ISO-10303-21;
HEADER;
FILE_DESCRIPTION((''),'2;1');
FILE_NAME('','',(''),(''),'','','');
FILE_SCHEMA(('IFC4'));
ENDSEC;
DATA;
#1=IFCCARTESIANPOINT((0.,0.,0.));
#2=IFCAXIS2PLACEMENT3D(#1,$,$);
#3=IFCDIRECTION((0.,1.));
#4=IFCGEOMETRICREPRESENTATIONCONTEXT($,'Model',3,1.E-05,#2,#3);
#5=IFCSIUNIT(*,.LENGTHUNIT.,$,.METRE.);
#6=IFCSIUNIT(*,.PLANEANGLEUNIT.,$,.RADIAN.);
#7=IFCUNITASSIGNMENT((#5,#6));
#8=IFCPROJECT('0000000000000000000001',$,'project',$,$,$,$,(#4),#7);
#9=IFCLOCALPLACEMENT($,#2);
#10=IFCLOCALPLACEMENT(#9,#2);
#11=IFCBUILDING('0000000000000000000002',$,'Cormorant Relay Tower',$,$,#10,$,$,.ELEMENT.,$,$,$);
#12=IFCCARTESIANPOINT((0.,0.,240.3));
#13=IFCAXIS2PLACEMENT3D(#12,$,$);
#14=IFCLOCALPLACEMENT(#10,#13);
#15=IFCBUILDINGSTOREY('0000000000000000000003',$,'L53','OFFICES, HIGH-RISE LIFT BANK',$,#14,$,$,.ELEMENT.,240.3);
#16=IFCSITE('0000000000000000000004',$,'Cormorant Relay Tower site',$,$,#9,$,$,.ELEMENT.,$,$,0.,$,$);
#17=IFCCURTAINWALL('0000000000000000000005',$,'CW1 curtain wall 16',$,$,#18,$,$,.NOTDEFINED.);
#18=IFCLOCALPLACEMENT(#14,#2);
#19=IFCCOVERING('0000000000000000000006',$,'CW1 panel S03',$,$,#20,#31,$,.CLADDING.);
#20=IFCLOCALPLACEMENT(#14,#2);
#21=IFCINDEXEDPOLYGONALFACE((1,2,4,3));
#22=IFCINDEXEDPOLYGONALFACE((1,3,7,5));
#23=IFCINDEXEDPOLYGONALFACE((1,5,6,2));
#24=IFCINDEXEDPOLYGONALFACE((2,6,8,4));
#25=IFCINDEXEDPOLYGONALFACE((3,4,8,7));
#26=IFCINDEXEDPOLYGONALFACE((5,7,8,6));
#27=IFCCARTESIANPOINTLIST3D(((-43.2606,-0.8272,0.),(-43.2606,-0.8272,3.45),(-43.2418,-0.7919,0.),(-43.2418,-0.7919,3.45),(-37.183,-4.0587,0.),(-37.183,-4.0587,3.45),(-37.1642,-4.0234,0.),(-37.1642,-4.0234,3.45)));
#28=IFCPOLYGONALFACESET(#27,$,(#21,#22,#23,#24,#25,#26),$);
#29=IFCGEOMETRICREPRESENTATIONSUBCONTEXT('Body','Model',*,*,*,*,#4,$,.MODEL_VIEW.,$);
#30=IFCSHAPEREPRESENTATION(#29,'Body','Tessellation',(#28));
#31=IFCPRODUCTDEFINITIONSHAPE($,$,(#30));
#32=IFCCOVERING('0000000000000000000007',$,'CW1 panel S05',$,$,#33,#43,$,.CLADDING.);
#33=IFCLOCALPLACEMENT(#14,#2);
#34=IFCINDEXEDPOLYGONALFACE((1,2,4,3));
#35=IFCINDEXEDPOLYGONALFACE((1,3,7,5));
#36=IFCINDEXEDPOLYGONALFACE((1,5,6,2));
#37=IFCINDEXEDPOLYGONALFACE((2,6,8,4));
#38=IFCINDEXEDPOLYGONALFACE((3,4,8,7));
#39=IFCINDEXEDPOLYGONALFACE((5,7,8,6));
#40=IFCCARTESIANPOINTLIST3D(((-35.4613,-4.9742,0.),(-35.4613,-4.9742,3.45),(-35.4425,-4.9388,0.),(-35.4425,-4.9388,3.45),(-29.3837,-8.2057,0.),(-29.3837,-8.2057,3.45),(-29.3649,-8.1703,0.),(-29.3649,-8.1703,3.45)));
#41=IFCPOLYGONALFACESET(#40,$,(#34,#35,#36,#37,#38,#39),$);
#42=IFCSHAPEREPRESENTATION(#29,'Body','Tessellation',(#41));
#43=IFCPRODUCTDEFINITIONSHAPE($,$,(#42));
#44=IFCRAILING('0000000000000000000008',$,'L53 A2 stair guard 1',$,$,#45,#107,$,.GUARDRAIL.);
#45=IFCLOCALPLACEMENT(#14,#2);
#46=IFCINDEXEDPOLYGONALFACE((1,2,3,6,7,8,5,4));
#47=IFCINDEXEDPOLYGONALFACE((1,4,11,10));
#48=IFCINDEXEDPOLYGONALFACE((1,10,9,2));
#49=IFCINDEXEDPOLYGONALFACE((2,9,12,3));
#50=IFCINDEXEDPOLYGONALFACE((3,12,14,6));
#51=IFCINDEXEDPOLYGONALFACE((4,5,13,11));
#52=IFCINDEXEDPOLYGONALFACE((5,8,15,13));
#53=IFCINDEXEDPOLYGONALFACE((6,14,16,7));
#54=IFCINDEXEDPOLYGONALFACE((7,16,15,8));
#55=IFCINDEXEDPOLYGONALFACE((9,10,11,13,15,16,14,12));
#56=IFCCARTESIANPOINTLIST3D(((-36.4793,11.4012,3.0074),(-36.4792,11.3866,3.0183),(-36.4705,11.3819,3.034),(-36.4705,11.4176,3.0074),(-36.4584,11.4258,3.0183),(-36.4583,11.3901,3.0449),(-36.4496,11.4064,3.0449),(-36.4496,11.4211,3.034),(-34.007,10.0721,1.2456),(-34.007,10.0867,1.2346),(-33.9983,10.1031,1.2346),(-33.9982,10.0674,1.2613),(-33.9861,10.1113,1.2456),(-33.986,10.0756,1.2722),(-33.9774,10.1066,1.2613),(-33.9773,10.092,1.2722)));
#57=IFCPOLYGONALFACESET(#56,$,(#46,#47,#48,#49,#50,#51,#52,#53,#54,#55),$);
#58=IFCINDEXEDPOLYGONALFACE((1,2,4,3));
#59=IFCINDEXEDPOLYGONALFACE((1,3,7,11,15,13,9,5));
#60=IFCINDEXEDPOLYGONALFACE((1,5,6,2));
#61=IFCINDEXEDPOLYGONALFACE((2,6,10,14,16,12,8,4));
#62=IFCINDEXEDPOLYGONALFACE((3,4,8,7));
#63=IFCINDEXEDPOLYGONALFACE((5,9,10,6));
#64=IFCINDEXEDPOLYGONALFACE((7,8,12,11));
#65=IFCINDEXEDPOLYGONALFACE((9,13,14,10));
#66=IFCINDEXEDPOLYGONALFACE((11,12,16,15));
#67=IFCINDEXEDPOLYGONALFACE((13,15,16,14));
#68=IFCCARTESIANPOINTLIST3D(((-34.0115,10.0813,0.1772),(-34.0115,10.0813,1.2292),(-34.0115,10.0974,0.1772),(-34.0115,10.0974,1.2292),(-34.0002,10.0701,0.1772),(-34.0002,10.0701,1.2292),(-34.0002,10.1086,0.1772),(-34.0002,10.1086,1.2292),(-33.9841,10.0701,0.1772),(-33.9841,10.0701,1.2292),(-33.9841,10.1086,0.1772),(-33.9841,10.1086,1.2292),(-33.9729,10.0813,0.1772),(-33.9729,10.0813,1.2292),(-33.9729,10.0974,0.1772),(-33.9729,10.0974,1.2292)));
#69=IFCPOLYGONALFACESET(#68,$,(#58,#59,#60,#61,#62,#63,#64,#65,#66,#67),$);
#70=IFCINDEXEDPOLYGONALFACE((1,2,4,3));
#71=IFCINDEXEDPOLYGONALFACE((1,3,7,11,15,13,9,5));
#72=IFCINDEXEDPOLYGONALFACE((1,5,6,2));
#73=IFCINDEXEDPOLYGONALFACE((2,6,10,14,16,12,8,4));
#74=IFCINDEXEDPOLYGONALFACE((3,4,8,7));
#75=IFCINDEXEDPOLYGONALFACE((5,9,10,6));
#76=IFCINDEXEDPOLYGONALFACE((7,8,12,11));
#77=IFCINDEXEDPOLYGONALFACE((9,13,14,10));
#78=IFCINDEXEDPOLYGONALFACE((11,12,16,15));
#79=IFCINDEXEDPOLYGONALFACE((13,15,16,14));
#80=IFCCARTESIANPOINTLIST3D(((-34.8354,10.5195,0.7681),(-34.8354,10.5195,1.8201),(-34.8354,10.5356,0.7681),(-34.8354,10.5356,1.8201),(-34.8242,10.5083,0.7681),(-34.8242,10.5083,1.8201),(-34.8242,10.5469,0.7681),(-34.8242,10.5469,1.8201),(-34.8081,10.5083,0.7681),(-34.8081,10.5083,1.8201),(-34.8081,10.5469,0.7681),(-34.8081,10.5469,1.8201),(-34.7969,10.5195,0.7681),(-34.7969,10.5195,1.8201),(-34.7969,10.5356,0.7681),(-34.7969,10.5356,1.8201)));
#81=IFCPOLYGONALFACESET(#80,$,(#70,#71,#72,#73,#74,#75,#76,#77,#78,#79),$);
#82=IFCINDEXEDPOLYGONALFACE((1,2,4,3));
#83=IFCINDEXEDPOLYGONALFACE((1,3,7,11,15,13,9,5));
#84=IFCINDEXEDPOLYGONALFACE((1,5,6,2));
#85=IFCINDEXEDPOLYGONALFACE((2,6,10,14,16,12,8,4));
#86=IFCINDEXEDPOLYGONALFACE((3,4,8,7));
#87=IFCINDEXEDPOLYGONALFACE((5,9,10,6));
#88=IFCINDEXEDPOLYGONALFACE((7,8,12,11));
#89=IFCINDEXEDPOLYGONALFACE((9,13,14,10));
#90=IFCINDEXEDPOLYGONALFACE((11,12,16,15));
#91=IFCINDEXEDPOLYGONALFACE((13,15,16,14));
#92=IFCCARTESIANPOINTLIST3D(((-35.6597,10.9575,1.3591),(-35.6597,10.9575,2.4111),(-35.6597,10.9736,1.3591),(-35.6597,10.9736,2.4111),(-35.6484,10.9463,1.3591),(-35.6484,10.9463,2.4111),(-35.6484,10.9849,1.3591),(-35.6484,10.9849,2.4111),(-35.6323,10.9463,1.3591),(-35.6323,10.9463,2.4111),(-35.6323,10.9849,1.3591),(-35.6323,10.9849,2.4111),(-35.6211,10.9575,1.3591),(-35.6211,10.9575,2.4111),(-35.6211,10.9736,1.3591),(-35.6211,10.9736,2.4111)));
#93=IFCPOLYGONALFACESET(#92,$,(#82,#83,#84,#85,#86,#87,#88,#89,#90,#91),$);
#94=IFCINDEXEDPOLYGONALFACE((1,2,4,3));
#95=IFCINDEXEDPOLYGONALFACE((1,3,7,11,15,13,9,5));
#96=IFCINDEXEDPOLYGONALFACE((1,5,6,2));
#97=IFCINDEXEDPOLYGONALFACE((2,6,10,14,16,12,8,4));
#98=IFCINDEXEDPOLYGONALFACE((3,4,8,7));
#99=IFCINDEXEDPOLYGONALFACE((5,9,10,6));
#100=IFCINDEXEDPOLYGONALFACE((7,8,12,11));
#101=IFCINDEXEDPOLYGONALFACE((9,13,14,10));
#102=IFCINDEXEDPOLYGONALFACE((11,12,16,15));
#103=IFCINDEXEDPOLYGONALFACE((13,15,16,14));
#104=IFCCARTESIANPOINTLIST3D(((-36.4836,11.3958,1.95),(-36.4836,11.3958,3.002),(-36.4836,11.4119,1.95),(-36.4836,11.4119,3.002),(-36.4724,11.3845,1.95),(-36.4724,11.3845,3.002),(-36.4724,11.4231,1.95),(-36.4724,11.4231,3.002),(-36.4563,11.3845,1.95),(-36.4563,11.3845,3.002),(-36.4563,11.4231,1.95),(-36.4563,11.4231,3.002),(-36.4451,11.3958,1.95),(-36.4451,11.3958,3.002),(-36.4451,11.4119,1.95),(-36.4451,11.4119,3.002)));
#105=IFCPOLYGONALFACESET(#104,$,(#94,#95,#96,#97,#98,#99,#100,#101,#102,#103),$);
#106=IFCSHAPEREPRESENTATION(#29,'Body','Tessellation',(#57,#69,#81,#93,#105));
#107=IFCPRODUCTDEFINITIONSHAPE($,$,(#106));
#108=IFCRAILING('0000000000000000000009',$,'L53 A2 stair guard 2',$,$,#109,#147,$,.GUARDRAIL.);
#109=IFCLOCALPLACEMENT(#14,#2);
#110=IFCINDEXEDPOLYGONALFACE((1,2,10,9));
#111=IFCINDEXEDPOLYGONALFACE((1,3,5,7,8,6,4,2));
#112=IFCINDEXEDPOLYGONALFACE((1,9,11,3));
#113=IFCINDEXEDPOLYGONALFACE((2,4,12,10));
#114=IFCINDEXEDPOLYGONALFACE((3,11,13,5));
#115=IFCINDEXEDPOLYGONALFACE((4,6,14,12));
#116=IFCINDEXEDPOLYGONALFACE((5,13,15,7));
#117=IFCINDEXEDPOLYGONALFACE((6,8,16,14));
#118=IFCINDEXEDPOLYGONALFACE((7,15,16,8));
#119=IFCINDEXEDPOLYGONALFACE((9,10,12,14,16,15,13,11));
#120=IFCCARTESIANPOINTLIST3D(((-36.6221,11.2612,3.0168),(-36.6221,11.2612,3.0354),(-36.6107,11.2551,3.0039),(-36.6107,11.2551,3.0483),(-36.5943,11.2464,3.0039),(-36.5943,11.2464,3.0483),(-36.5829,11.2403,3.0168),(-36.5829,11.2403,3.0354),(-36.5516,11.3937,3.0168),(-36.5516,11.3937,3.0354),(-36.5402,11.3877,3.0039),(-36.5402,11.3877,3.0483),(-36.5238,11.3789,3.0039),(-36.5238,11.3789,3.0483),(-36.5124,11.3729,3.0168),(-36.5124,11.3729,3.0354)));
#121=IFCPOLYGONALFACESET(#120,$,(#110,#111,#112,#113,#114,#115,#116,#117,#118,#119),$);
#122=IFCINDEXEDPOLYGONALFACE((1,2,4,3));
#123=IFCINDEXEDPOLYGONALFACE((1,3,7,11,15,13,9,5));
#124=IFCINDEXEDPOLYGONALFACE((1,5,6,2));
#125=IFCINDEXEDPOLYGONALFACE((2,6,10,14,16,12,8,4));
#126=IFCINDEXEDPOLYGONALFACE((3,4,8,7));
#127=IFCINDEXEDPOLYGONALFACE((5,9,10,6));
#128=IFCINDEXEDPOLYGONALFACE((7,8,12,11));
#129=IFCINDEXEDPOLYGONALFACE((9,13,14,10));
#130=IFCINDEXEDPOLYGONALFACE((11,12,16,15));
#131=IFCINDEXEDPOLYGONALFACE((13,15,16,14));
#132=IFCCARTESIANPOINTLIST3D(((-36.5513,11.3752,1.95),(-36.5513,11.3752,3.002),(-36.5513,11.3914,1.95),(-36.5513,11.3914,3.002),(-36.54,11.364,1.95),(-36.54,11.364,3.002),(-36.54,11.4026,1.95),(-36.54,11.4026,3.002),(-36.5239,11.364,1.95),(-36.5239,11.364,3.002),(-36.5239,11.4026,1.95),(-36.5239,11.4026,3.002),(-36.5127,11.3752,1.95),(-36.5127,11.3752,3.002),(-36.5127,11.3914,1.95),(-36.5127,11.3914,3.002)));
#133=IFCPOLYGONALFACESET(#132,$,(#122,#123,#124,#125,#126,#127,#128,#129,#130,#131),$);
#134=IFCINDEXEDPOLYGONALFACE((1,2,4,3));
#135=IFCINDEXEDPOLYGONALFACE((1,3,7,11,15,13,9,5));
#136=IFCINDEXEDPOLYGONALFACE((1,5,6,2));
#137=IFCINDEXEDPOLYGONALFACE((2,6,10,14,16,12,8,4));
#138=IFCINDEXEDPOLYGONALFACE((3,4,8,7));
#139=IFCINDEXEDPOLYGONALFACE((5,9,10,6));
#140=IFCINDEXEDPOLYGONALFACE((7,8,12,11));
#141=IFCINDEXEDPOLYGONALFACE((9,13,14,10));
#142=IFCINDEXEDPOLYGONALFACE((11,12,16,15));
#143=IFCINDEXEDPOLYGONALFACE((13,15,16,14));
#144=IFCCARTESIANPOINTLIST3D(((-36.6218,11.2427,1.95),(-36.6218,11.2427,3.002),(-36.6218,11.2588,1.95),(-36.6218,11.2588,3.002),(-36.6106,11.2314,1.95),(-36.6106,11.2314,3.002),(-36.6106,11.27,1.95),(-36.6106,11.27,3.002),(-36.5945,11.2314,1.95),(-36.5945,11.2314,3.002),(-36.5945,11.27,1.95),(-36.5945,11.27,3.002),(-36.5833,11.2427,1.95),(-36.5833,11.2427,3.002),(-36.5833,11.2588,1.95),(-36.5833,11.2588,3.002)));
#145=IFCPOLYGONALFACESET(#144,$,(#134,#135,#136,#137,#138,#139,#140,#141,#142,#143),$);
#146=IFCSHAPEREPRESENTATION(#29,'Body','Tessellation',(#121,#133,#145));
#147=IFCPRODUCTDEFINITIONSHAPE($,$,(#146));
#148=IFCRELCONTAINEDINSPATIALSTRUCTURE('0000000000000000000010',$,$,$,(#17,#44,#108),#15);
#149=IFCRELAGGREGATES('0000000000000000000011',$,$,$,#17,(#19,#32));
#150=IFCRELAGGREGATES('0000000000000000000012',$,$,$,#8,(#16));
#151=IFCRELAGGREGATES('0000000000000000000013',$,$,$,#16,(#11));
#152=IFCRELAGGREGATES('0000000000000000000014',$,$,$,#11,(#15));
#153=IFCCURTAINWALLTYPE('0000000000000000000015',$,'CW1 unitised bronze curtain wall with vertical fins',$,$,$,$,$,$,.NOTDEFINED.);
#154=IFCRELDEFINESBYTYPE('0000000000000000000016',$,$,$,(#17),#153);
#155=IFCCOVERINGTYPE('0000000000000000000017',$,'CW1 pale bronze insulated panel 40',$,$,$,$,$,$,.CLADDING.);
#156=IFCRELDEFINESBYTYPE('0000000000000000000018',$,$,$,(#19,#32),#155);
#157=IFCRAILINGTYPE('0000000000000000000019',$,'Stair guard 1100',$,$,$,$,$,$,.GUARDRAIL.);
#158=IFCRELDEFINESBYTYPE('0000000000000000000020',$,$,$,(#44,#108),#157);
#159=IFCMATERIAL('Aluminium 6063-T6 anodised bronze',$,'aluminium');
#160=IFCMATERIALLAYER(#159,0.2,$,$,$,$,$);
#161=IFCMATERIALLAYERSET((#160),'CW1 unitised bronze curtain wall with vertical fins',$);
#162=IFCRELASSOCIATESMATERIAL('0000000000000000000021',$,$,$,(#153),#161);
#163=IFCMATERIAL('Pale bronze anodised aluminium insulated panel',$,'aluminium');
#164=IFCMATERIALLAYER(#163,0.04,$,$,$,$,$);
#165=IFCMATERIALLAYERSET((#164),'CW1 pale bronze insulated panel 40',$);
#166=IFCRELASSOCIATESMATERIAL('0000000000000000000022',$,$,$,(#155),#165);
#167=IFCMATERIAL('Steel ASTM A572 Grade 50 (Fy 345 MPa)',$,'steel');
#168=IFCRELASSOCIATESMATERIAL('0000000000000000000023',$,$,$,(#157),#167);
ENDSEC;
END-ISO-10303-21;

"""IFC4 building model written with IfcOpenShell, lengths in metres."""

from ifc_helpers import new_model, si_unit, direction, frame, origin, origin_2d, place, context, subcontext, project, spatial, polyline, rectangle, outline, extrude, material, layer, layer_set, type_object, element, aggregate, save


model = new_model("IFC4")

# Units and contexts
model_context = context("Model", 3, precision=1e-05, world=origin(), true_north=direction((0.0, 1.0)))
body_context = subcontext(model_context, "Body", "Model", "MODEL_VIEW")
ifc_project = project(units=[si_unit("LENGTHUNIT", "METRE"), si_unit("PLANEANGLEUNIT", "RADIAN")], contexts=[model_context])

# Site, building, storey
site_placement = place(None, origin())
site = spatial("IfcSite", under=ifc_project, at=site_placement, Name="Cormorant Relay Tower site", CompositionType="ELEMENT", RefElevation=0.0)
building_placement = place(site_placement, origin())
building = spatial("IfcBuilding", under=site, at=building_placement, Name="Cormorant Relay Tower", CompositionType="ELEMENT")
storey_placement = place(building_placement, frame((0.0, 0.0, 240.3)))
storey = spatial("IfcBuildingStorey", under=building, at=storey_placement, Name="L53", Description="OFFICES, HIGH-RISE LIFT BANK", CompositionType="ELEMENT", Elevation=240.3)

# Curtain wall
ifc_material_1 = material(Name="Aluminium 6063-T6 anodised bronze", Category="aluminium")
ifc_layer_1 = layer(ifc_material_1, 0.2)
ifc_layer_set_1 = layer_set([ifc_layer_1], Name="CW1 unitised bronze curtain wall with vertical fins")
curtain_wall_type = type_object("IfcCurtainWallType", Name="CW1 unitised bronze curtain wall with vertical fins", PredefinedType="NOTDEFINED", material=ifc_layer_set_1)
curtain_wall_placement = place(storey_placement, origin())
curtain_wall = element("IfcCurtainWall", 1, at=curtain_wall_placement, inside=storey, type_object=curtain_wall_type, Name="CW1 curtain wall 16", PredefinedType="NOTDEFINED")

# Coverings
ifc_material_2 = material(Name="Pale bronze anodised aluminium insulated panel", Category="aluminium")
ifc_layer_2 = layer(ifc_material_2, 0.04)
ifc_layer_set_2 = layer_set([ifc_layer_2], Name="CW1 pale bronze insulated panel 40")
covering_type = type_object("IfcCoveringType", Name="CW1 pale bronze insulated panel 40", PredefinedType="CLADDING", material=ifc_layer_set_2)
covering_1_placement = place(storey_placement, frame((-40.2124, -2.4253, 0.0), z_axis=(0.0, 0.0, 1.0), x_axis=(0.882948, -0.469472, 0.0)))
covering_1 = element("IfcCovering", 2, at=covering_1_placement, type_object=covering_type, Name="CW1 panel S03", PredefinedType="CLADDING", context=body_context, shape_type="SweptSolid", body=[
    extrude(rectangle(XDim=6.8833, YDim=0.04, at=origin_2d()), origin(), (0.0, 0.0, 1.0), 3.45),
])
covering_2_placement = place(storey_placement, frame((-32.4131, -6.5723, 0.0), z_axis=(0.0, 0.0, 1.0), x_axis=(0.882948, -0.469472, 0.0)))
covering_2 = element("IfcCovering", 3, at=covering_2_placement, type_object=covering_type, Name="CW1 panel S05", PredefinedType="CLADDING", context=body_context, shape_type="SweptSolid", body=[
    extrude(rectangle(XDim=6.8833, YDim=0.04, at=origin_2d()), origin(), (0.0, 0.0, 1.0), 3.45),
])
aggregate(curtain_wall, [covering_1, covering_2])

# Railings
ifc_material_3 = material(Name="Steel ASTM A572 Grade 50 (Fy 345 MPa)", Category="steel")
railing_type_1 = type_object("IfcRailingType", Name="Stair guard 1100", PredefinedType="GUARDRAIL", material=ifc_material_3)
railing_1_placement = place(storey_placement, frame((-33.9922, 10.0894, 0.1772)))
element("IfcRailing", 4, at=railing_1_placement, inside=storey, type_object=railing_type_1, Name="L53 A2 stair guard 1", PredefinedType="GUARDRAIL", context=body_context, shape_type="SweptSolid", body=[
    extrude(outline(polyline([(0.0222, 0.0093), (0.0093, 0.0222), (-0.0093, 0.0222), (-0.0222, 0.0093), (-0.0222, -0.0093), (-0.0093, -0.0222), (0.0093, -0.0222), (0.0222, -0.0093), (0.0222, 0.0093)])), frame((0.0, 0.0, 1.0762), z_axis=(-0.746001, 0.396649, 0.534931), x_axis=(-0.469465, -0.882951, 0.0)), (0.0, 0.0, 1.0), 3.314),
    extrude(outline(polyline([(0.0193, 0.0081), (0.0081, 0.0193), (-0.0081, 0.0193), (-0.0193, 0.0081), (-0.0193, -0.0081), (-0.0081, -0.0193), (0.0081, -0.0193), (0.0193, -0.0081), (0.0193, 0.0081)])), origin(), (0.0, 0.0, 1.0), 1.052),
    extrude(outline(polyline([(0.0193, 0.0081), (0.0081, 0.0193), (-0.0081, 0.0193), (-0.0193, 0.0081), (-0.0193, -0.0081), (-0.0081, -0.0193), (0.0081, -0.0193), (0.0193, -0.0081), (0.0193, 0.0081)])), frame((-0.824, 0.4382, 0.5908)), (0.0, 0.0, 1.0), 1.052),
    extrude(outline(polyline([(0.0193, 0.0081), (0.0081, 0.0193), (-0.0081, 0.0193), (-0.0193, 0.0081), (-0.0193, -0.0081), (-0.0081, -0.0193), (0.0081, -0.0193), (0.0193, -0.0081), (0.0193, 0.0081)])), frame((-1.6482, 0.8762, 1.1819)), (0.0, 0.0, 1.0), 1.052),
    extrude(outline(polyline([(0.0193, 0.0081), (0.0081, 0.0193), (-0.0081, 0.0193), (-0.0193, 0.0081), (-0.0193, -0.0081), (-0.0081, -0.0193), (0.0081, -0.0193), (0.0193, -0.0081), (0.0193, 0.0081)])), frame((-2.4722, 1.3145, 1.7727)), (0.0, 0.0, 1.0), 1.052),
])
railing_2_placement = place(storey_placement, frame((-36.532, 11.3833, 1.95)))
element("IfcRailing", 5, at=railing_2_placement, inside=storey, type_object=railing_type_1, Name="L53 A2 stair guard 2", PredefinedType="GUARDRAIL", context=body_context, shape_type="SweptSolid", body=[
    extrude(outline(polyline([(0.0222, 0.0093), (0.0093, 0.0222), (-0.0093, 0.0222), (-0.0222, 0.0093), (-0.0222, -0.0093), (-0.0093, -0.0222), (0.0093, -0.0222), (0.0222, -0.0093), (0.0222, 0.0093)])), frame((0.0, 0.0, 1.0762), z_axis=(-0.469829, -0.882758, 0.0), x_axis=(0.882758, -0.469829, 0.0)), (0.0, 0.0, 1.0), 0.1501),
    extrude(outline(polyline([(0.0193, 0.0081), (0.0081, 0.0193), (-0.0081, 0.0193), (-0.0193, 0.0081), (-0.0193, -0.0081), (-0.0081, -0.0193), (0.0081, -0.0193), (0.0193, -0.0081), (0.0193, 0.0081)])), origin(), (0.0, 0.0, 1.0), 1.052),
    extrude(outline(polyline([(0.0193, 0.0081), (0.0081, 0.0193), (-0.0081, 0.0193), (-0.0193, 0.0081), (-0.0193, -0.0081), (-0.0081, -0.0193), (0.0081, -0.0193), (0.0193, -0.0081), (0.0193, 0.0081)])), frame((-0.0706, -0.1326, 0.0)), (0.0, 0.0, 1.0), 1.052),
])

save(model, "model.ifc")
